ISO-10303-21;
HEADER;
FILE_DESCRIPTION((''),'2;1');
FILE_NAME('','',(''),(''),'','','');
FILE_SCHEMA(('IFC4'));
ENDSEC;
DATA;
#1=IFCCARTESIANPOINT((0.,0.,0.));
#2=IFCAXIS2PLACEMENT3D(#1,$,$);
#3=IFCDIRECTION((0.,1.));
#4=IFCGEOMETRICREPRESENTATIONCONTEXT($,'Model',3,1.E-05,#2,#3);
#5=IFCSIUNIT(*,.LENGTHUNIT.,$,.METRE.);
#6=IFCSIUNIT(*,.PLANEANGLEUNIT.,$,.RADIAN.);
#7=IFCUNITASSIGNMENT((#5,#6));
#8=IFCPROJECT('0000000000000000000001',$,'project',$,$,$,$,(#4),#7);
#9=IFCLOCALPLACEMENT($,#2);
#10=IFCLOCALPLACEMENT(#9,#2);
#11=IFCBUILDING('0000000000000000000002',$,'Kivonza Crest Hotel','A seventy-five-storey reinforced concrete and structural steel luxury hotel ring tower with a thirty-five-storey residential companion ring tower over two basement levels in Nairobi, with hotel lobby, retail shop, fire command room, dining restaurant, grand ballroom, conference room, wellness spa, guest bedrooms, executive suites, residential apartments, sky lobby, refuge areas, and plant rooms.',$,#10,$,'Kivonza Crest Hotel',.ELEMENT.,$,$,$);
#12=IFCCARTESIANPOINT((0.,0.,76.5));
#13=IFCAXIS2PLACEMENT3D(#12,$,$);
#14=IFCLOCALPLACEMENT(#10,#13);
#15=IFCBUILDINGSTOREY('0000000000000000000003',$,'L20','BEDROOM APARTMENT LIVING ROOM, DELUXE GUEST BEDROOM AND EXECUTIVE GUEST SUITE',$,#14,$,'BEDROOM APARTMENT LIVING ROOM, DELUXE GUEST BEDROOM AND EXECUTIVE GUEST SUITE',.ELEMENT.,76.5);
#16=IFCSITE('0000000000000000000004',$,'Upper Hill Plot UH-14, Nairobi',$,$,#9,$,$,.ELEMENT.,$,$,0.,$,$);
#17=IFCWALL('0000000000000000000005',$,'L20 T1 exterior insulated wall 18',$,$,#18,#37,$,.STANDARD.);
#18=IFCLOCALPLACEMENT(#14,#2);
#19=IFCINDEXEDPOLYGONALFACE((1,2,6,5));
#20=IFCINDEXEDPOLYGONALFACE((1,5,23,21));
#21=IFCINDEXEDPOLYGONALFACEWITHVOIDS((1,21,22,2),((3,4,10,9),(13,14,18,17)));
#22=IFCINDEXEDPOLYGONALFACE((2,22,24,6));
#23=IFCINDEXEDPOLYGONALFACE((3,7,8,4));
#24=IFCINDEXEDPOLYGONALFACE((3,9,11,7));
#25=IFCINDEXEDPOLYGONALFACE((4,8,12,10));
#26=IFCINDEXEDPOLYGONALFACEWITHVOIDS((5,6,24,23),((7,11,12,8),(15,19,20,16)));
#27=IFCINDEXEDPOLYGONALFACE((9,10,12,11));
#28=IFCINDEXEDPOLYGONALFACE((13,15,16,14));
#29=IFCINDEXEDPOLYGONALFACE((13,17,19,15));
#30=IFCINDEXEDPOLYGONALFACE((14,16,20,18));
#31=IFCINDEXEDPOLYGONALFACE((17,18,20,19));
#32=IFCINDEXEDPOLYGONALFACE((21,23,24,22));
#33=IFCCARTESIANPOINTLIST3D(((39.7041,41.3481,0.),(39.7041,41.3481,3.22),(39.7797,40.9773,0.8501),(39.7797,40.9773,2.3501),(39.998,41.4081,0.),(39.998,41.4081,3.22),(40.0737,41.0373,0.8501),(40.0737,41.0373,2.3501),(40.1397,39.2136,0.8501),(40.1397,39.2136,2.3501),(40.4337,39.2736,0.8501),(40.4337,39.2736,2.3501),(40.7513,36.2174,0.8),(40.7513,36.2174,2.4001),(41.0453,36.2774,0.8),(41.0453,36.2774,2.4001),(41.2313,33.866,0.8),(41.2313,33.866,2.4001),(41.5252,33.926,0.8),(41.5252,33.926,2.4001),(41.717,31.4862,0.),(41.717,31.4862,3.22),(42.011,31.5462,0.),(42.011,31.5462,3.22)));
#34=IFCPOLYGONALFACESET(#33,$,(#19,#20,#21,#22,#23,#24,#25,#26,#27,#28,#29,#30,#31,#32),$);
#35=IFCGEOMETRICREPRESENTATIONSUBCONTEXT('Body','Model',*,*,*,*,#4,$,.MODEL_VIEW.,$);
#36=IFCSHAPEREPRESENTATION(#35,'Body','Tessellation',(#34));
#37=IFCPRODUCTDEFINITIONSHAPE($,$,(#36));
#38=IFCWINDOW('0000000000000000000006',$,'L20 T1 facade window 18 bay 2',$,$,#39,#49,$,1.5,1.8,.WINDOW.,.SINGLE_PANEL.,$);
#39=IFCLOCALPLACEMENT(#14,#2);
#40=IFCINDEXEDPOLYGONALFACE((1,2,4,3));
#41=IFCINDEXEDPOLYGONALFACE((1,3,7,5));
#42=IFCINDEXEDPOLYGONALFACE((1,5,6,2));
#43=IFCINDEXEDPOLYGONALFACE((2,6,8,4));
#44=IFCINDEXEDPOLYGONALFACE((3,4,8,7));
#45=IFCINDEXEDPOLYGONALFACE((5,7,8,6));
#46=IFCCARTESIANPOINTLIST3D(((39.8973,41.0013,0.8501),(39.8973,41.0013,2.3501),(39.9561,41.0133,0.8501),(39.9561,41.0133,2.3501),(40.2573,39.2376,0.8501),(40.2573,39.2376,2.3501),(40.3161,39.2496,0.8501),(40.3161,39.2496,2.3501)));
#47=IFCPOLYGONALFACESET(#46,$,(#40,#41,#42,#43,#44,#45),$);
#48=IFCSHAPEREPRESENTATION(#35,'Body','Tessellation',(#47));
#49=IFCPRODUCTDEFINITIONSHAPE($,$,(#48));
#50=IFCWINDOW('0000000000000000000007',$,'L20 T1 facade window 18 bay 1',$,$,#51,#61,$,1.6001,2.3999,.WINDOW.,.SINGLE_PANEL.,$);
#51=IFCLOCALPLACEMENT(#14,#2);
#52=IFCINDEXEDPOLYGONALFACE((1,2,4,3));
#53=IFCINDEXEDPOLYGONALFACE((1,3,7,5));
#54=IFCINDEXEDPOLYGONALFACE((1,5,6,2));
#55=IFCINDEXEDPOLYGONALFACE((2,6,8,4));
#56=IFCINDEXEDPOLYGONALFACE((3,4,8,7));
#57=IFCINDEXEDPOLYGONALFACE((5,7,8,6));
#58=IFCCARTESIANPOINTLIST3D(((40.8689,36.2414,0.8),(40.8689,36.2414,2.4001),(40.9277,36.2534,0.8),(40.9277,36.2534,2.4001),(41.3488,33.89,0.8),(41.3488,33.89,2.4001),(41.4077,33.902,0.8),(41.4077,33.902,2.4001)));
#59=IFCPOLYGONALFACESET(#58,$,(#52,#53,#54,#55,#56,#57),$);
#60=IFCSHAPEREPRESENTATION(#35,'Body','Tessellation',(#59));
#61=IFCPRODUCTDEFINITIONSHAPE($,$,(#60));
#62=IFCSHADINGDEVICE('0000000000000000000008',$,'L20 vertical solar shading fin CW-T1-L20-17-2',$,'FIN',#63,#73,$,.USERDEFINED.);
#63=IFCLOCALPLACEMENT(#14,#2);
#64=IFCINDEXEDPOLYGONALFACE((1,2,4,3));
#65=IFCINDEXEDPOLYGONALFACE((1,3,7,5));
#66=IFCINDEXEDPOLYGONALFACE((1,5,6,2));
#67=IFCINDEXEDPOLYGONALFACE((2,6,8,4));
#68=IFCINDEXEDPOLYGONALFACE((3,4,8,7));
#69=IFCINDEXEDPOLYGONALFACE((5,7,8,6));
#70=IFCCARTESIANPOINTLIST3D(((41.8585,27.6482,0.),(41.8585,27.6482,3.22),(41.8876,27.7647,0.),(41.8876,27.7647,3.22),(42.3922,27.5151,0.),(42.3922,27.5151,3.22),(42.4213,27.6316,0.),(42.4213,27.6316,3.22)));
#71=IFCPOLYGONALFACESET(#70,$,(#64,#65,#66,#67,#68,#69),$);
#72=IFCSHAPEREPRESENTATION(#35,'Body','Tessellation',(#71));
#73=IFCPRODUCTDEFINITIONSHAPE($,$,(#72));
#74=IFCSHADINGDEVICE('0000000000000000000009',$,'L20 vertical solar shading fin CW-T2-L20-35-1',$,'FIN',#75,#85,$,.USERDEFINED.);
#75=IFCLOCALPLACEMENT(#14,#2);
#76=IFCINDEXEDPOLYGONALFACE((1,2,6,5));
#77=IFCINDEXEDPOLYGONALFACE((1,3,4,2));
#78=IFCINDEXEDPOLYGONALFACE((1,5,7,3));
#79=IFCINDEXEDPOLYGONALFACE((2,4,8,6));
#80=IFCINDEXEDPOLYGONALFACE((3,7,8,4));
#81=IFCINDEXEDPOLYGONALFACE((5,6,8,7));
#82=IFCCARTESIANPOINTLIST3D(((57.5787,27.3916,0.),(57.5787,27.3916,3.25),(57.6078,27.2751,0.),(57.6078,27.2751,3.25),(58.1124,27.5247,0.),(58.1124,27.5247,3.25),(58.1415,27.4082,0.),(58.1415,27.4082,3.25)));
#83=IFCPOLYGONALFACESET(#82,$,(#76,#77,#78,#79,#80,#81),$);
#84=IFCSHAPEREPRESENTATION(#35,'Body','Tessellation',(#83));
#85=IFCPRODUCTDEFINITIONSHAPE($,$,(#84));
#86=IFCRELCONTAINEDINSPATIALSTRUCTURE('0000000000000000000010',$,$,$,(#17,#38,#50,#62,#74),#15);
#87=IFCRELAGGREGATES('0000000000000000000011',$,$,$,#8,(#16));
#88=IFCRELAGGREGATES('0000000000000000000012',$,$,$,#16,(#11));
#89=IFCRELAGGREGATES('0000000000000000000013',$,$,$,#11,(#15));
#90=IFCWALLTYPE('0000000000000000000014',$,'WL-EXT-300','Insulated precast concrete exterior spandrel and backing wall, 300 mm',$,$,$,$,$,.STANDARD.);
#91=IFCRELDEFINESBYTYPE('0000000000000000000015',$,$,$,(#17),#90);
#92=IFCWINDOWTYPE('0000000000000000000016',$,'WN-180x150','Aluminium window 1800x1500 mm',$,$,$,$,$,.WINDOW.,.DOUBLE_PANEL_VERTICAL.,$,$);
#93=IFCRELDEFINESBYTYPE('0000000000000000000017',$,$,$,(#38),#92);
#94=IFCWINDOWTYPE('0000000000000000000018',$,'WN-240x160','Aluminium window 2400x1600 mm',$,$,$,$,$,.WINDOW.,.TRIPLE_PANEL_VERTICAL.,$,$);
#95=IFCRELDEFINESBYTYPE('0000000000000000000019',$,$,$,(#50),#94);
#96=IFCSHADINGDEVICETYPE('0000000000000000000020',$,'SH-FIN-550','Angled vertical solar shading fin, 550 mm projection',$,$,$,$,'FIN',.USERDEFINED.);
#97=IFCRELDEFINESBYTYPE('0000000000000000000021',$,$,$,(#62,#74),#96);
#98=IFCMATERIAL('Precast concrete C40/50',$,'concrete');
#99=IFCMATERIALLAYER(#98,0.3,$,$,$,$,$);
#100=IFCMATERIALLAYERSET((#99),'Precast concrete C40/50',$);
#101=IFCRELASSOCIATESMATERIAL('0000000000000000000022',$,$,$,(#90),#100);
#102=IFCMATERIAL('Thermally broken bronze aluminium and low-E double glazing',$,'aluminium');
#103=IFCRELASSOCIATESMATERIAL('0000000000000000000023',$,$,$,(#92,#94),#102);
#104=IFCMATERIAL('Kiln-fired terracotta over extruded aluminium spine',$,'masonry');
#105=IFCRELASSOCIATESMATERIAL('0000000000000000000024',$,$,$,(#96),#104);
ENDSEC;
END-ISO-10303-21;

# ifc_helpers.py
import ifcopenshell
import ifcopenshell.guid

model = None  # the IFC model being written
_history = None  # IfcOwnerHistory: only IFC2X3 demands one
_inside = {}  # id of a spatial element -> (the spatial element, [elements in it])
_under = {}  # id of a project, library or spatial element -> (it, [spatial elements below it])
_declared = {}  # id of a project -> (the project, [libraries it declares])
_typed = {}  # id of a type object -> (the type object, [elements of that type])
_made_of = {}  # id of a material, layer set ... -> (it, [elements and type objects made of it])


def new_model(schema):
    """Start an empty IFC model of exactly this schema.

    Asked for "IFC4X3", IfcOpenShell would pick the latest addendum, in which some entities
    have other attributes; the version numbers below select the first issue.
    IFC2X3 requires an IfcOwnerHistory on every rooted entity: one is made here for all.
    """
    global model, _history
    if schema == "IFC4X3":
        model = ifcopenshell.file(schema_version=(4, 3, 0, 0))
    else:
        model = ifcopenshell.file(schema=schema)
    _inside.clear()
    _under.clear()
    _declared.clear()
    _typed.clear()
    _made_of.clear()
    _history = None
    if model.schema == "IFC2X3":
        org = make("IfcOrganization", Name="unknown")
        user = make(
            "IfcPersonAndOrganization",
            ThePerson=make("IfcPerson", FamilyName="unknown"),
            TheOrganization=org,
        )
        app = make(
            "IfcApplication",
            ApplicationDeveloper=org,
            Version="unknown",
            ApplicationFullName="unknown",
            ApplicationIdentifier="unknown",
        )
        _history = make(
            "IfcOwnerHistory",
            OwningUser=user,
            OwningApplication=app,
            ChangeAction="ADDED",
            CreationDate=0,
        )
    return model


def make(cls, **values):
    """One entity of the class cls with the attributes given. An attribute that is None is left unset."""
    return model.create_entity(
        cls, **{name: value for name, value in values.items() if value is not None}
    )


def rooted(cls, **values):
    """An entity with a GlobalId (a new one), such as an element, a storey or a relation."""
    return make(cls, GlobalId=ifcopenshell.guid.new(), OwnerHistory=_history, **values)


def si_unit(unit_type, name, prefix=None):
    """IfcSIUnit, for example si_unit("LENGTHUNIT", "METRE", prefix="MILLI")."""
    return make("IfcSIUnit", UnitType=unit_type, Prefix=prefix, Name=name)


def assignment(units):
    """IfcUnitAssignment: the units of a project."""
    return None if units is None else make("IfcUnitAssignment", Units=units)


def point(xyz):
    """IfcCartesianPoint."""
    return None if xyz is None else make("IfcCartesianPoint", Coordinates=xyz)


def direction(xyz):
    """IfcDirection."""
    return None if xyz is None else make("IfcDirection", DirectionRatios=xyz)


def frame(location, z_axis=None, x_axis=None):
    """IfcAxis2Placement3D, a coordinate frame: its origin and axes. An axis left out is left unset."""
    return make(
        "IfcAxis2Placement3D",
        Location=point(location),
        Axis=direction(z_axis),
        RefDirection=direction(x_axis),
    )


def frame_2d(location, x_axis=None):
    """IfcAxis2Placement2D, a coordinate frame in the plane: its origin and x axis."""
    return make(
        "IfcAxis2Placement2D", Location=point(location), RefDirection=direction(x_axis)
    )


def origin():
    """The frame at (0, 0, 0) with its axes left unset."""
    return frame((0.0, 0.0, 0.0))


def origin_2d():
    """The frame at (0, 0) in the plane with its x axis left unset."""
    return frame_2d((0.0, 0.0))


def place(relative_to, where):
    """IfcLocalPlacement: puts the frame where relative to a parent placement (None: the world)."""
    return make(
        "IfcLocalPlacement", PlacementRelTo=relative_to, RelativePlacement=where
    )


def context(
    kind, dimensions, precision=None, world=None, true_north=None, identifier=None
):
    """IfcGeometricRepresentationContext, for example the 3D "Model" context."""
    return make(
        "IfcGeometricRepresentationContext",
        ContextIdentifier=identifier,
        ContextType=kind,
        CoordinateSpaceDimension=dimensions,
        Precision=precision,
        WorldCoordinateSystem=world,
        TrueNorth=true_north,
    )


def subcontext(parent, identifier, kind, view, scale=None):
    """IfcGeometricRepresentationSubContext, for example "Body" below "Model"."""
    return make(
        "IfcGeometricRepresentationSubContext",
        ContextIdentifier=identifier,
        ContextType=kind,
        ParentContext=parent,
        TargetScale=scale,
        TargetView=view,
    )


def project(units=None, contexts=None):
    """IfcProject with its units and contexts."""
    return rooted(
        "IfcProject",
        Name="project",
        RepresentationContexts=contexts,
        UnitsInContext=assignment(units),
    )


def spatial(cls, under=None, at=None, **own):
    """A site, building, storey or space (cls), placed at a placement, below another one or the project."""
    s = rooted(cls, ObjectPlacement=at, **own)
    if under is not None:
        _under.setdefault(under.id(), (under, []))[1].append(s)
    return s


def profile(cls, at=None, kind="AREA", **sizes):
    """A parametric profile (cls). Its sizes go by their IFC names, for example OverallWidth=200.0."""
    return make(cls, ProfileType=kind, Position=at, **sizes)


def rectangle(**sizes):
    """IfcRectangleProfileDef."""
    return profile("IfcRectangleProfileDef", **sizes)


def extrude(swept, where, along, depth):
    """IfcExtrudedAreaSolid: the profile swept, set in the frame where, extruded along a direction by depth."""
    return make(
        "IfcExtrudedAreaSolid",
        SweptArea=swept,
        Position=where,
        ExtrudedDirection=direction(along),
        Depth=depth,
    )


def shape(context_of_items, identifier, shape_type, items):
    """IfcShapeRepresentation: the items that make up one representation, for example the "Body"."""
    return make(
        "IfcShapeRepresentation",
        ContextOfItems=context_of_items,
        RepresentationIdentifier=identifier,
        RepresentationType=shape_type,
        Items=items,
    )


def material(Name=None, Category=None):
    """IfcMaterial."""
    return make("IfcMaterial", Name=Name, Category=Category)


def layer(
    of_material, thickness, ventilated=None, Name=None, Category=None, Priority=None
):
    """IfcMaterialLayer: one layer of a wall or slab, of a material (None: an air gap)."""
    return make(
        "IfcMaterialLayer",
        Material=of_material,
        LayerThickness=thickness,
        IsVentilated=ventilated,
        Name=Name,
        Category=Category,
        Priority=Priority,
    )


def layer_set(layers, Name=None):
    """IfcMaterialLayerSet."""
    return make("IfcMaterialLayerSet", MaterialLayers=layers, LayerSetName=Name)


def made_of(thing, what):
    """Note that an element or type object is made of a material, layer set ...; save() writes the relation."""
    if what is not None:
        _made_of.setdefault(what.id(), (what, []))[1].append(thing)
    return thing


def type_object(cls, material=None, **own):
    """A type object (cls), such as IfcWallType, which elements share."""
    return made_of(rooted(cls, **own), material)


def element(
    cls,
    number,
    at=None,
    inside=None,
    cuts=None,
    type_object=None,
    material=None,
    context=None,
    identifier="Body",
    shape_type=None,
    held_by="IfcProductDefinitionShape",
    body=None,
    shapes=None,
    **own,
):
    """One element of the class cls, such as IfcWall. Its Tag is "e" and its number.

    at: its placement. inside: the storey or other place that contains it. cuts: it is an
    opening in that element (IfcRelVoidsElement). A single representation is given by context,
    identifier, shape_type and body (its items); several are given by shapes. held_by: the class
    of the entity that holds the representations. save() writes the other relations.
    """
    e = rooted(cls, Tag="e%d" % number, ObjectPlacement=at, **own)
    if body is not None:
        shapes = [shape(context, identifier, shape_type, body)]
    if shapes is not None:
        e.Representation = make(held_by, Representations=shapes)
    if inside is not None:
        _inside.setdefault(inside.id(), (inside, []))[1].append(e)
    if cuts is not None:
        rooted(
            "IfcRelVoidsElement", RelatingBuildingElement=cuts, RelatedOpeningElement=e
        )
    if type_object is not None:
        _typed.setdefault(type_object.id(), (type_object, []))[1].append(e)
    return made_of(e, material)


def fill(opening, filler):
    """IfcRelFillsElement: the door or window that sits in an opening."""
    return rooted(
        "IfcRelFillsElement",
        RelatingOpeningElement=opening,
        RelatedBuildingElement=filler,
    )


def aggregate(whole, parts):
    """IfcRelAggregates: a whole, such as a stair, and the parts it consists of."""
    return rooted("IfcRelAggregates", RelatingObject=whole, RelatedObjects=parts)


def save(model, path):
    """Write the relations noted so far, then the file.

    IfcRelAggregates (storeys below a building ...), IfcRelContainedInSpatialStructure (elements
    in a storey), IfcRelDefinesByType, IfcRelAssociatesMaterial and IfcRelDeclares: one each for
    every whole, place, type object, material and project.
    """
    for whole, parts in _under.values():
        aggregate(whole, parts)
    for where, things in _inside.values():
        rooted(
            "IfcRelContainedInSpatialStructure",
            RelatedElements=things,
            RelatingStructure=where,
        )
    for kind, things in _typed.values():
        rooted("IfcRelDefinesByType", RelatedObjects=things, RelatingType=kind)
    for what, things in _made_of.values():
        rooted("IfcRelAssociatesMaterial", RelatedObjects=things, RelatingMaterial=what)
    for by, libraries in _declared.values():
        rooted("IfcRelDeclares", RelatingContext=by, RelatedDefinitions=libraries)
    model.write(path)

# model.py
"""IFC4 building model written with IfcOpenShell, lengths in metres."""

from ifc_helpers import new_model, si_unit, direction, frame, frame_2d, origin, origin_2d, place, context, subcontext, project, spatial, rectangle, extrude, material, layer, layer_set, type_object, element, fill, save


model = new_model("IFC4")

# Units and contexts
model_context = context("Model", 3, precision=1e-05, world=origin(), true_north=direction((0.0, 1.0)))
body_context = subcontext(model_context, "Body", "Model", "MODEL_VIEW")
ifc_project = project(units=[si_unit("LENGTHUNIT", "METRE"), si_unit("PLANEANGLEUNIT", "RADIAN")], contexts=[model_context])

# Site, building, storey
site_placement = place(None, origin())
site = spatial("IfcSite", under=ifc_project, at=site_placement, Name="Upper Hill Plot UH-14, Nairobi", CompositionType="ELEMENT", RefElevation=0.0)
building_placement = place(site_placement, origin())
building = spatial("IfcBuilding", under=site, at=building_placement, Name="Kivonza Crest Hotel", Description="A seventy-five-storey reinforced concrete and structural steel luxury hotel ring tower with a thirty-five-storey residential companion ring tower over two basement levels in Nairobi, with hotel lobby, retail shop, fire command room, dining restaurant, grand ballroom, conference room, wellness spa, guest bedrooms, executive suites, residential apartments, sky lobby, refuge areas, and plant rooms.", LongName="Kivonza Crest Hotel", CompositionType="ELEMENT")
storey_placement = place(building_placement, frame((0.0, 0.0, 76.5)))
storey = spatial("IfcBuildingStorey", under=building, at=storey_placement, Name="L20", Description="BEDROOM APARTMENT LIVING ROOM, DELUXE GUEST BEDROOM AND EXECUTIVE GUEST SUITE", LongName="BEDROOM APARTMENT LIVING ROOM, DELUXE GUEST BEDROOM AND EXECUTIVE GUEST SUITE", CompositionType="ELEMENT", Elevation=76.5)

# Wall, openings, windows
ifc_material_1 = material(Name="Precast concrete C40/50", Category="concrete")
ifc_layer_1 = layer(ifc_material_1, 0.3)
ifc_layer_set_1 = layer_set([ifc_layer_1], Name="Precast concrete C40/50")
wall_type_1 = type_object("IfcWallType", Name="WL-EXT-300", Description="Insulated precast concrete exterior spandrel and backing wall, 300 mm", PredefinedType="STANDARD", material=ifc_layer_set_1)
wall_1_placement = place(storey_placement, frame((41.864, 31.5161, 0.0), z_axis=(0.0, 0.0, 1.0), x_axis=(-0.199991, 0.979798, 0.0)))
wall_1 = element("IfcWall", 1, at=wall_1_placement, inside=storey, type_object=wall_type_1, Name="L20 T1 exterior insulated wall 18", PredefinedType="STANDARD", context=body_context, shape_type="SweptSolid", body=[
    extrude(rectangle(XDim=10.0652, YDim=0.3, at=frame_2d((5.0327, 0.0))), origin(), (0.0, 0.0, 1.0), 3.22),
])
opening_1_placement = place(wall_1_placement, frame((2.429, 0.0, 0.8)))
opening_1 = element("IfcOpeningElement", 2, at=opening_1_placement, cuts=wall_1, PredefinedType="OPENING", context=body_context, shape_type="SweptSolid", body=[
    extrude(rectangle(XDim=2.3999, YDim=1.6001, at=frame_2d((1.2, 0.8))), frame((0.0, 0.1602, 0.0), z_axis=(0.0, -1.0, 0.0), x_axis=(1.0, 0.0, 0.0)), (0.0, 0.0, 1.0), 0.3201),
])
opening_2_placement = place(wall_1_placement, frame((7.887, 0.0, 0.8501)))
opening_2 = element("IfcOpeningElement", 3, at=opening_2_placement, cuts=wall_1, PredefinedType="OPENING", context=body_context, shape_type="SweptSolid", body=[
    extrude(rectangle(XDim=1.8, YDim=1.5, at=frame_2d((0.8999, 0.75))), frame((0.0, 0.1602, 0.0), z_axis=(0.0, -1.0, 0.0), x_axis=(1.0, 0.0, 0.0)), (0.0, 0.0, 1.0), 0.3201),
])
ifc_material_2 = material(Name="Thermally broken bronze aluminium and low-E double glazing", Category="aluminium")
window_type_1 = type_object("IfcWindowType", Name="WN-180x150", Description="Aluminium window 1800x1500 mm", PartitioningType="DOUBLE_PANEL_VERTICAL", PredefinedType="WINDOW", material=ifc_material_2)
window_1_placement = place(opening_2_placement, origin())
window_1 = element("IfcWindow", 4, at=window_1_placement, inside=storey, type_object=window_type_1, Name="L20 T1 facade window 18 bay 2", OverallHeight=1.5, OverallWidth=1.8, PartitioningType="SINGLE_PANEL", PredefinedType="WINDOW", context=body_context, shape_type="SweptSolid", body=[
    extrude(rectangle(XDim=1.8, YDim=1.5, at=frame_2d((0.8999, 0.75))), frame((0.0, 0.03, 0.0), z_axis=(0.0, -1.0, 0.0), x_axis=(1.0, 0.0, 0.0)), (0.0, 0.0, 1.0), 0.0601),
])
fill(opening_2, window_1)
window_type_2 = type_object("IfcWindowType", Name="WN-240x160", Description="Aluminium window 2400x1600 mm", PartitioningType="TRIPLE_PANEL_VERTICAL", PredefinedType="WINDOW", material=ifc_material_2)
window_2_placement = place(opening_1_placement, origin())
window_2 = element("IfcWindow", 5, at=window_2_placement, inside=storey, type_object=window_type_2, Name="L20 T1 facade window 18 bay 1", OverallHeight=1.6001, OverallWidth=2.3999, PartitioningType="SINGLE_PANEL", PredefinedType="WINDOW", context=body_context, shape_type="SweptSolid", body=[
    extrude(rectangle(XDim=2.3999, YDim=1.6001, at=frame_2d((1.2, 0.8))), frame((0.0, 0.03, 0.0), z_axis=(0.0, -1.0, 0.0), x_axis=(1.0, 0.0, 0.0)), (0.0, 0.0, 1.0), 0.0601),
])
fill(opening_1, window_2)

# Shading devices
ifc_material_3 = material(Name="Kiln-fired terracotta over extruded aluminium spine", Category="masonry")
shading_device_type = type_object("IfcShadingDeviceType", Name="SH-FIN-550", Description="Angled vertical solar shading fin, 550 mm projection", ElementType="FIN", PredefinedType="USERDEFINED", material=ifc_material_3)
shading_device_1_placement = place(storey_placement, frame((42.1399, 27.6399, 0.0), z_axis=(0.0, 0.0, 1.0), x_axis=(0.241922, 0.970296, 0.0)))
element("IfcShadingDevice", 6, at=shading_device_1_placement, inside=storey, type_object=shading_device_type, Name="L20 vertical solar shading fin CW-T1-L20-17-2", ObjectType="FIN", PredefinedType="USERDEFINED", context=body_context, shape_type="SweptSolid", body=[
    extrude(rectangle(XDim=0.1201, YDim=0.55, at=origin_2d()), origin(), (0.0, 0.0, 1.0), 3.22),
])
shading_device_2_placement = place(storey_placement, frame((57.8601, 27.3999, 0.0), z_axis=(0.0, 0.0, 1.0), x_axis=(0.241922, -0.970296, 0.0)))
element("IfcShadingDevice", 7, at=shading_device_2_placement, inside=storey, type_object=shading_device_type, Name="L20 vertical solar shading fin CW-T2-L20-35-1", ObjectType="FIN", PredefinedType="USERDEFINED", context=body_context, shape_type="SweptSolid", body=[
    extrude(rectangle(XDim=0.1201, YDim=0.55, at=origin_2d()), origin(), (0.0, 0.0, 1.0), 3.25),
])

save(model, "model.ifc")
